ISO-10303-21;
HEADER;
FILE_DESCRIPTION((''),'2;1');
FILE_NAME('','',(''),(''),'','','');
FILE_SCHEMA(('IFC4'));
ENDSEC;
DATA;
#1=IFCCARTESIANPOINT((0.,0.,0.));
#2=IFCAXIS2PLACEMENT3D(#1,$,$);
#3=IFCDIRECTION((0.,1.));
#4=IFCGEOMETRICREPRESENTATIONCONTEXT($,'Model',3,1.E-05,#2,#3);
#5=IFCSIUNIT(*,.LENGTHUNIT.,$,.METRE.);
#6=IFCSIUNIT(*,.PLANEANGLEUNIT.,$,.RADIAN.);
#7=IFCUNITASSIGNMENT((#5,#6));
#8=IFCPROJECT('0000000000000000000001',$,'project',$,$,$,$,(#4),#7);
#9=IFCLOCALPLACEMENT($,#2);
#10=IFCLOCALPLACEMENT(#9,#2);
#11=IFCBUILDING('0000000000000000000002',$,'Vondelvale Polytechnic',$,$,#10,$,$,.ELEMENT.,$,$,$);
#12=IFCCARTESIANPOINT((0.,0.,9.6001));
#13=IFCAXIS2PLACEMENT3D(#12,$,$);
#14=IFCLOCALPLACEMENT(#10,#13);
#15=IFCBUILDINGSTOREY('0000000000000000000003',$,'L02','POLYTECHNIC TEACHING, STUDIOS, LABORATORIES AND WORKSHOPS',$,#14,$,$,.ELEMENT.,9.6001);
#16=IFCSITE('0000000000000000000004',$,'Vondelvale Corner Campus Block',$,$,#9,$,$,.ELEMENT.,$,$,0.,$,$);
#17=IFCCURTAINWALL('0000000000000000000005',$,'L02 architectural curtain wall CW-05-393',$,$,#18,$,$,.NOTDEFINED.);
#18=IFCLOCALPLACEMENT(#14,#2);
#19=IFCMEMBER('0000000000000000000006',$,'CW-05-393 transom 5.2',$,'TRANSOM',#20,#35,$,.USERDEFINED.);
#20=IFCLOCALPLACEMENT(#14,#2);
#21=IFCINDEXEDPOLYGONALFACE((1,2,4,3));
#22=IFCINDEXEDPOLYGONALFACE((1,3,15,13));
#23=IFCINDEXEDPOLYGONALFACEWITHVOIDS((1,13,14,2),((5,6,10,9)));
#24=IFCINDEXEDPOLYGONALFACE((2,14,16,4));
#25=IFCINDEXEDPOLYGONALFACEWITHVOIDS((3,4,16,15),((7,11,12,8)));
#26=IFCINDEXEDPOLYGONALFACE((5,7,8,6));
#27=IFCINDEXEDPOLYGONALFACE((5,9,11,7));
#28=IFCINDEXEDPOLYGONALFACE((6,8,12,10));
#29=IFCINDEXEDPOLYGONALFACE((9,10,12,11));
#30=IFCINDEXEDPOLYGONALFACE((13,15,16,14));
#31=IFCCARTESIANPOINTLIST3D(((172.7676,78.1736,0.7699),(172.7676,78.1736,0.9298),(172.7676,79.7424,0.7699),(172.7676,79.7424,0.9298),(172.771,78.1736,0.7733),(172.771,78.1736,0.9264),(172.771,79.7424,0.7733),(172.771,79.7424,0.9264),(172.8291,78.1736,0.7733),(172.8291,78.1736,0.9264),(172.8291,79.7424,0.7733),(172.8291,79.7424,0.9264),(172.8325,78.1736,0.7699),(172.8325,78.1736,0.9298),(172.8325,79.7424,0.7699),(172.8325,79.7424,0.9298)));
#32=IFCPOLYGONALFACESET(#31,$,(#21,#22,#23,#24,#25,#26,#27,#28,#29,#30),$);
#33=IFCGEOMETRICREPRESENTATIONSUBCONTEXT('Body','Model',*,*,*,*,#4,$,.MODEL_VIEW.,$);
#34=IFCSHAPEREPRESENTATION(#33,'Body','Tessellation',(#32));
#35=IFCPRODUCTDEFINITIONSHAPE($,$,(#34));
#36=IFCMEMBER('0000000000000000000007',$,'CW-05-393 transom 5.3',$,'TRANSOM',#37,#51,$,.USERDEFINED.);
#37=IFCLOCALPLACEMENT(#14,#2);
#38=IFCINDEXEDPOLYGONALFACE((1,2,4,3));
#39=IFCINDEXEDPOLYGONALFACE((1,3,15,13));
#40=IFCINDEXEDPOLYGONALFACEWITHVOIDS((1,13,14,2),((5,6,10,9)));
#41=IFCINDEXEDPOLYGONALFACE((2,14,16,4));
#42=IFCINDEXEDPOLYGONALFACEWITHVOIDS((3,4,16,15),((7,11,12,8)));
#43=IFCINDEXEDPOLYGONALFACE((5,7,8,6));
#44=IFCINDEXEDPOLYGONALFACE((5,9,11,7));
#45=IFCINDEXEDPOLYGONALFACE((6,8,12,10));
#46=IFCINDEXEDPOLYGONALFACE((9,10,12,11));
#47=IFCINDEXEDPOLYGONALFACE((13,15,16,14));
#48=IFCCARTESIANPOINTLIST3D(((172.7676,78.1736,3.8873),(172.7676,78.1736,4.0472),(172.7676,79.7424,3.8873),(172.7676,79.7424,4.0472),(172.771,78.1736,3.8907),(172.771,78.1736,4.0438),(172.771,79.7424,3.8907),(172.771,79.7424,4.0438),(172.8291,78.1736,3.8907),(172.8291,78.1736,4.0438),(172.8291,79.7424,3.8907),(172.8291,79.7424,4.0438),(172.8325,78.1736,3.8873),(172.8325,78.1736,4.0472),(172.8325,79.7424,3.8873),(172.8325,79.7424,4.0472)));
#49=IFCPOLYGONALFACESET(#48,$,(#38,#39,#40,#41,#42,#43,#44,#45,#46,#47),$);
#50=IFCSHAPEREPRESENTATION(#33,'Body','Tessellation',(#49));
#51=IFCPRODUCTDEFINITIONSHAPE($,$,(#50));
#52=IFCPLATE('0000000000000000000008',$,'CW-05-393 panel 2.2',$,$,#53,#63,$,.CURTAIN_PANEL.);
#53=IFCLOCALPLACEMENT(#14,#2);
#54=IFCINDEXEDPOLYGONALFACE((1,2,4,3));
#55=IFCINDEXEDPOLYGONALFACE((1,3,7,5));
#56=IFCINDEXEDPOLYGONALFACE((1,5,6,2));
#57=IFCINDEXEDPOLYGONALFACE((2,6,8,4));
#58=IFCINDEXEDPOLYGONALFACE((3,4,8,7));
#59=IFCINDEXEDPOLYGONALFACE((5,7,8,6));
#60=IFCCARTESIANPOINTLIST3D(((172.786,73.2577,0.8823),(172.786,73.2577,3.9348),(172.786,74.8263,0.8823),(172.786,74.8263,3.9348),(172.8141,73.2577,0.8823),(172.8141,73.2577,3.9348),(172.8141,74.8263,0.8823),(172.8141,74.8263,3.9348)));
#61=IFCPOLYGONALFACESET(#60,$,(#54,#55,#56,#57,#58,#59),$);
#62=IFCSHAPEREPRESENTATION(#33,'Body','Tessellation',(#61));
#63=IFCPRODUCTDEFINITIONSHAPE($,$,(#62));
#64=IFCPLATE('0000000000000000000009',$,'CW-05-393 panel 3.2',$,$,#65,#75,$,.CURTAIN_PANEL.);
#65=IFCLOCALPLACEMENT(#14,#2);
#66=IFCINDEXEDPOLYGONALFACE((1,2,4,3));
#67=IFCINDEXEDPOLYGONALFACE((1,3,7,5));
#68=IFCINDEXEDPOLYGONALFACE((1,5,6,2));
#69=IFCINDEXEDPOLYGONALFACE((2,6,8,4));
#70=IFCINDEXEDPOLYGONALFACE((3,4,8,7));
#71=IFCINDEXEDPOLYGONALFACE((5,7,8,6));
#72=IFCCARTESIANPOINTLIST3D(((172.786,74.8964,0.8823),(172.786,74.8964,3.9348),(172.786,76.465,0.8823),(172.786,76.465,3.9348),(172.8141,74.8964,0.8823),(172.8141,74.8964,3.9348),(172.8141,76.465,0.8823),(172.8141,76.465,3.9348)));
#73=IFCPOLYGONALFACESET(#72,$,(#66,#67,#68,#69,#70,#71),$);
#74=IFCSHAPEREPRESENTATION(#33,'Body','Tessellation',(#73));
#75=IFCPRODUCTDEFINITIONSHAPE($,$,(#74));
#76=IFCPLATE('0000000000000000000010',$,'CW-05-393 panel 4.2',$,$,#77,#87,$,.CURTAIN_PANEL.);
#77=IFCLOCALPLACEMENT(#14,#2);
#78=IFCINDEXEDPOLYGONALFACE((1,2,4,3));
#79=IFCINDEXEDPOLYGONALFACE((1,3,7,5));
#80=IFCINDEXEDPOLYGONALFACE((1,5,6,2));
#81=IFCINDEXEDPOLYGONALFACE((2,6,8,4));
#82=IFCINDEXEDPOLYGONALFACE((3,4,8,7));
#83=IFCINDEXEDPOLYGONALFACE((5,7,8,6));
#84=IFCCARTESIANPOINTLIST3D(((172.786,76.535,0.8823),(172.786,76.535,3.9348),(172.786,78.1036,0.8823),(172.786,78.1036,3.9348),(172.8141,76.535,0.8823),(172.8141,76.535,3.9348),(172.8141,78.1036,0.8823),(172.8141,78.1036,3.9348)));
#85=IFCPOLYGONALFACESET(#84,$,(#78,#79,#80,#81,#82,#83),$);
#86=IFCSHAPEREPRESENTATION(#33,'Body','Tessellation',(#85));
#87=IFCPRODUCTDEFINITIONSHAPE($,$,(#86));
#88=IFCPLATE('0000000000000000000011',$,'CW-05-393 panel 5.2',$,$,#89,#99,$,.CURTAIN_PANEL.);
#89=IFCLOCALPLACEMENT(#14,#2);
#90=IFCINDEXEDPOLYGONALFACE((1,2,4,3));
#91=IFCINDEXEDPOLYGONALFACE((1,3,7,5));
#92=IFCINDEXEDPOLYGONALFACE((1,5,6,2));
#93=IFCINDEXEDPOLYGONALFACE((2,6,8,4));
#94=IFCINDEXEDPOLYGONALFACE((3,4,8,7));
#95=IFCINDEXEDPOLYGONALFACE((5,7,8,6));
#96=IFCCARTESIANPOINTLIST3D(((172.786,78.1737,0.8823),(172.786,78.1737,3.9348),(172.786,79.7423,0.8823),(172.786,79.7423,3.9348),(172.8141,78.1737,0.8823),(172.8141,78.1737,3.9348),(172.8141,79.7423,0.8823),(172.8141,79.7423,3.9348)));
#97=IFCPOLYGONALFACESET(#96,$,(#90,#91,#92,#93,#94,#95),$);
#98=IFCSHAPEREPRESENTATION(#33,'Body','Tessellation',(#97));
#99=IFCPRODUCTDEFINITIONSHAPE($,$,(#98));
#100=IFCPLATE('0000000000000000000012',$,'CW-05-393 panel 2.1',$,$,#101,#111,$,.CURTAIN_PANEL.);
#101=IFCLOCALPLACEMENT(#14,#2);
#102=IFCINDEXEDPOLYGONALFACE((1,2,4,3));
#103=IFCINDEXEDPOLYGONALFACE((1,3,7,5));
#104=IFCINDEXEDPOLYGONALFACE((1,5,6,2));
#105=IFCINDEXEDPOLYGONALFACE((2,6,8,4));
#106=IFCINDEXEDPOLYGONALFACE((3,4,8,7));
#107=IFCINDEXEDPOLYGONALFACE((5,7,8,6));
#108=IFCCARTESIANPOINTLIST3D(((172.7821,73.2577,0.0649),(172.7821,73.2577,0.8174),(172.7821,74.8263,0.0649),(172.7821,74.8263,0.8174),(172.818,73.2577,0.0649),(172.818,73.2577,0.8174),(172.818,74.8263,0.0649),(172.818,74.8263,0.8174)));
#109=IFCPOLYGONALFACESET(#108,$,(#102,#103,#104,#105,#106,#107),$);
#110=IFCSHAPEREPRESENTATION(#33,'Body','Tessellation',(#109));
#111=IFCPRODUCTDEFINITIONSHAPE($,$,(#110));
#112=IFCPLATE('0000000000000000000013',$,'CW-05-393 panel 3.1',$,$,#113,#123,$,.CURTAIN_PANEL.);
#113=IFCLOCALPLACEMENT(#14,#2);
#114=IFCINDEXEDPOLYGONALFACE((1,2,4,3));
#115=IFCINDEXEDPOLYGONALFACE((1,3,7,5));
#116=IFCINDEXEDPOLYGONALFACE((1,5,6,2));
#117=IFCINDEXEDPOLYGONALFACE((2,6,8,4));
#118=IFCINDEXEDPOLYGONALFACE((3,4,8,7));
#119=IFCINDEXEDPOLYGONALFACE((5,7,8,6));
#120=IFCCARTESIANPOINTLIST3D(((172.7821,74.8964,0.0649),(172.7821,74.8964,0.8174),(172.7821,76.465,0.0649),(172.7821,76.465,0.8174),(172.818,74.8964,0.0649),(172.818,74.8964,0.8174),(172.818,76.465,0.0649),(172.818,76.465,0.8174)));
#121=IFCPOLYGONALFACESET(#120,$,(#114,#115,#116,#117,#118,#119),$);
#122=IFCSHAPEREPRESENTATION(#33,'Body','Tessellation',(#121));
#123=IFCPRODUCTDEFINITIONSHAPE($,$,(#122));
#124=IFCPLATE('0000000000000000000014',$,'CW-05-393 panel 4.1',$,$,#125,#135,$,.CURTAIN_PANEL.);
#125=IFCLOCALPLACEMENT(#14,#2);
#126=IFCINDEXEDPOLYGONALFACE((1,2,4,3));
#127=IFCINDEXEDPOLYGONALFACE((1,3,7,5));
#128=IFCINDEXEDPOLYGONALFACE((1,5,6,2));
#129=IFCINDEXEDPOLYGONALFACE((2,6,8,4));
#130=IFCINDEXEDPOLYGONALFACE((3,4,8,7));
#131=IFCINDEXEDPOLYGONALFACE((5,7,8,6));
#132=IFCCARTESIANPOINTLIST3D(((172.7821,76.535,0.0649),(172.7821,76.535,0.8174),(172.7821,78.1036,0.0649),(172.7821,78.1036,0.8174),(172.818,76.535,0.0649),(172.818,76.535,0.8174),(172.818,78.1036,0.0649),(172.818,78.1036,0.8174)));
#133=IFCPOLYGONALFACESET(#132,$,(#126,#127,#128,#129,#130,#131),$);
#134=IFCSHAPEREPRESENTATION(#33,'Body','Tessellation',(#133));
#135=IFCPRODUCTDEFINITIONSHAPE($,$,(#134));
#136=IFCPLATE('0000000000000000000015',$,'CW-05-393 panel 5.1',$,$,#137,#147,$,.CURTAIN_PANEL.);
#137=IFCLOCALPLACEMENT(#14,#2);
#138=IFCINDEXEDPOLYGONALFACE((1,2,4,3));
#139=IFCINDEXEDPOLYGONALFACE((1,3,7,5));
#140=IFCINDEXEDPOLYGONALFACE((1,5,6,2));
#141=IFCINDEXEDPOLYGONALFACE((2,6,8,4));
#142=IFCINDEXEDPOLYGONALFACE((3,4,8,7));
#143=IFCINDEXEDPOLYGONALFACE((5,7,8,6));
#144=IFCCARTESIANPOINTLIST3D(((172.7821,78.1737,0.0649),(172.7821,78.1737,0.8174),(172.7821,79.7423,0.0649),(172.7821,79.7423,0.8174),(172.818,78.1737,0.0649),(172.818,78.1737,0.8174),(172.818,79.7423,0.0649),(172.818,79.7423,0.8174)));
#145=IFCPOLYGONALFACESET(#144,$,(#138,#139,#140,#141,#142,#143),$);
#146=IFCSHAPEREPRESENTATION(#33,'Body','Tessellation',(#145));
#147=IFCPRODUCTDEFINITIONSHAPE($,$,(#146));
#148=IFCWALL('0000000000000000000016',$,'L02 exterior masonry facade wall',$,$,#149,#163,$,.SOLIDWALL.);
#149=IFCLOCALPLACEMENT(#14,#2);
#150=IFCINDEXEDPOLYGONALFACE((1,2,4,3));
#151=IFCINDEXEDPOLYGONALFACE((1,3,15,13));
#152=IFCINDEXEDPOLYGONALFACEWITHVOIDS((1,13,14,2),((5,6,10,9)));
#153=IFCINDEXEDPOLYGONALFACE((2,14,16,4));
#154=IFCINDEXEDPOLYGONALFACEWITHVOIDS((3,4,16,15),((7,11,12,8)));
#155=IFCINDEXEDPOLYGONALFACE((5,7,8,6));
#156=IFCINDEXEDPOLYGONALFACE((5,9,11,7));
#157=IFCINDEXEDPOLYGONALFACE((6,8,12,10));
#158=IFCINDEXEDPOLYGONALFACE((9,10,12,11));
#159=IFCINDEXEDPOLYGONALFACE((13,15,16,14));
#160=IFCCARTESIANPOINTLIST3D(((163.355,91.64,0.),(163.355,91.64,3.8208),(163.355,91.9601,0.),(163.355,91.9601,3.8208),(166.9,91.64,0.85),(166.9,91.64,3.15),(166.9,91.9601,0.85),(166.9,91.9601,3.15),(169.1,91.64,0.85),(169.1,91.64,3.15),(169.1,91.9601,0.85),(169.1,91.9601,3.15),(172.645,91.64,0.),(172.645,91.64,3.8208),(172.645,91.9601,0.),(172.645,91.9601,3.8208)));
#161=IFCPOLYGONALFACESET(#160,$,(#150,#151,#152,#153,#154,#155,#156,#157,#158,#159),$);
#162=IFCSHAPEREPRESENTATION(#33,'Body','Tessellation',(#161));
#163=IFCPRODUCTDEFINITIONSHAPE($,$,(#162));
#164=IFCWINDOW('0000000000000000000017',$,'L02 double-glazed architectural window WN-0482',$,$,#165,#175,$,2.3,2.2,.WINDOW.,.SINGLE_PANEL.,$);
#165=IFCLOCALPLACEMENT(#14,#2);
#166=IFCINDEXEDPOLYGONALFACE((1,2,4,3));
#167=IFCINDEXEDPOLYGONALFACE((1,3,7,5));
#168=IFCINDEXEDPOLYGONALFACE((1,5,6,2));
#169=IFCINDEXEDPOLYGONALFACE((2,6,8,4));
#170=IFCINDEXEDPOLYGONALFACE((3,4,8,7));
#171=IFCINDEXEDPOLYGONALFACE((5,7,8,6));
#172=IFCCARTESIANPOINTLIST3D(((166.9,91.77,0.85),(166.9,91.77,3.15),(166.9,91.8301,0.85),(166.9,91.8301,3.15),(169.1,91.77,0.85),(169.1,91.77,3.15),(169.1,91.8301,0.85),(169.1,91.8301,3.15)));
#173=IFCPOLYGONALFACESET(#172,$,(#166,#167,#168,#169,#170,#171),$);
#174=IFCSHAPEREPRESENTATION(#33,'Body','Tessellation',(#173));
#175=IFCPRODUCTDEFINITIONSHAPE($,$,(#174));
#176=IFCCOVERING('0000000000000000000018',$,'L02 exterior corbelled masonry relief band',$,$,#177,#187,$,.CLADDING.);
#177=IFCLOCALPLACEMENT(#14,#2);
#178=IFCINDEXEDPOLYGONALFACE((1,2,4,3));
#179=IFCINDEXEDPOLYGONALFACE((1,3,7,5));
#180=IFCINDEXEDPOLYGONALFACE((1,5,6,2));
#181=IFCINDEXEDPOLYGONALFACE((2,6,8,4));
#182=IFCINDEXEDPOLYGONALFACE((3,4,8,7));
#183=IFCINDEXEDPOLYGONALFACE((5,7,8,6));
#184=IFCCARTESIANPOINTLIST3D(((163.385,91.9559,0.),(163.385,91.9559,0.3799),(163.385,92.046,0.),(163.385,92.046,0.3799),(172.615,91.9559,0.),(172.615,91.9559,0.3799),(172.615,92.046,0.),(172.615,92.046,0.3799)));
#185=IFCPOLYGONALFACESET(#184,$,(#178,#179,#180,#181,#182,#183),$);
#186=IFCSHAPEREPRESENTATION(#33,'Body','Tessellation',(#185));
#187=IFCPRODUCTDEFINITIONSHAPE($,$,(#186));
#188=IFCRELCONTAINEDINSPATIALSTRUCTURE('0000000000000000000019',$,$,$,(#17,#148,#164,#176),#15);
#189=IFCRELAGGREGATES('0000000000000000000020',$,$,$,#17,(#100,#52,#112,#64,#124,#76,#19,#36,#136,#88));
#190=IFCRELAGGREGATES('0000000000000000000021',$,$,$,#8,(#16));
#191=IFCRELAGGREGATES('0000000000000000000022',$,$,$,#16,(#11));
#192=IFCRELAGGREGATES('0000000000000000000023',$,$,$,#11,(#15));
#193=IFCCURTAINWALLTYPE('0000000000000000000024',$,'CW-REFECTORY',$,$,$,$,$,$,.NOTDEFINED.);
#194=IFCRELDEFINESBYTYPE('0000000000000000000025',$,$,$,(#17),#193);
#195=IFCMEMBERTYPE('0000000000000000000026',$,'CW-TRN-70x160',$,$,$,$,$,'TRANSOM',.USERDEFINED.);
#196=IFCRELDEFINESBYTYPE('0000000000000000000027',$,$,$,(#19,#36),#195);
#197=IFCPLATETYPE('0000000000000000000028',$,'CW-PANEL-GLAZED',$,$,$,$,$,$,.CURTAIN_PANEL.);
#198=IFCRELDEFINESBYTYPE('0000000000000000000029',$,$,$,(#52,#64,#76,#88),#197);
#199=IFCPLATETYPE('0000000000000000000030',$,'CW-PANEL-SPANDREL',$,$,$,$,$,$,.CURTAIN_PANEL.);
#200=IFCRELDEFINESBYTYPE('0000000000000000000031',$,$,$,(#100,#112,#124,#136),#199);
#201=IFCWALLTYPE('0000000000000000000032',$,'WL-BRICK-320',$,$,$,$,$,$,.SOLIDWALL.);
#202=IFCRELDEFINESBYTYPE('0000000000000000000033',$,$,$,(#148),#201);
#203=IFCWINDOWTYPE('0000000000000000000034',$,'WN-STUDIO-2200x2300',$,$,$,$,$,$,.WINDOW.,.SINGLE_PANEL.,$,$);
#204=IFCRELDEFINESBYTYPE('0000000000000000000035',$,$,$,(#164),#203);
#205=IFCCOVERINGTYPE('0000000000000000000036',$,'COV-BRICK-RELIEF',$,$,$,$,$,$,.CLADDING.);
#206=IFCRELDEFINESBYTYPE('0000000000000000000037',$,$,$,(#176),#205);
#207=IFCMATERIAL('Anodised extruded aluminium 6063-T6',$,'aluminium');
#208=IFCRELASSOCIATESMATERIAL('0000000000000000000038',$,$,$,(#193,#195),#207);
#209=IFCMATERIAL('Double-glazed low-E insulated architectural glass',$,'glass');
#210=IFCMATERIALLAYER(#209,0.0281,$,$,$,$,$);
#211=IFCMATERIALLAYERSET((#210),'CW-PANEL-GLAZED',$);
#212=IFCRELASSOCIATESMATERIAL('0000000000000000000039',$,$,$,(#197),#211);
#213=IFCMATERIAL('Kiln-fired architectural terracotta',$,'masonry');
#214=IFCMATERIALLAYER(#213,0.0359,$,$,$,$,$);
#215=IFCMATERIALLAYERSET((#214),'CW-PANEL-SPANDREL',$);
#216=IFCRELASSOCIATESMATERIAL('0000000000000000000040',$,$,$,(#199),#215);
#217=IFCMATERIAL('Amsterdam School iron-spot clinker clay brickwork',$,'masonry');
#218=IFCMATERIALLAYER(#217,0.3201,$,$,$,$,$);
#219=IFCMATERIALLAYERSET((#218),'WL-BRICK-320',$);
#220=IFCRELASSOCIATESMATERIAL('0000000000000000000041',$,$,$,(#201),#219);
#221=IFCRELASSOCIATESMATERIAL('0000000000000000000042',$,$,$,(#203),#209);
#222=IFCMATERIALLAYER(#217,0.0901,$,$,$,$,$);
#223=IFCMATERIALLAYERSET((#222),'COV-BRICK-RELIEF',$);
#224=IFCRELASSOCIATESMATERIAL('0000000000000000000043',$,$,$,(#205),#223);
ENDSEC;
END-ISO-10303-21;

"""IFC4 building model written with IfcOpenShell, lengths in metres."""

from ifc_helpers import new_model, si_unit, direction, frame, frame_2d, origin, origin_2d, place, context, subcontext, project, spatial, rectangle, hollow_rectangle, extrude, material, layer, layer_set, material_profile, profile_set, type_object, element, fill, aggregate, save


model = new_model("IFC4")

# Units and contexts
model_context = context("Model", 3, precision=1e-05, world=origin(), true_north=direction((0.0, 1.0)))
body_context = subcontext(model_context, "Body", "Model", "MODEL_VIEW")
ifc_project = project(units=[si_unit("LENGTHUNIT", "METRE"), si_unit("PLANEANGLEUNIT", "RADIAN")], contexts=[model_context])

# Site, building, storey
site_placement = place(None, origin())
site = spatial("IfcSite", under=ifc_project, at=site_placement, Name="Vondelvale Corner Campus Block", CompositionType="ELEMENT", RefElevation=0.0)
building_placement = place(site_placement, origin())
building = spatial("IfcBuilding", under=site, at=building_placement, Name="Vondelvale Polytechnic", CompositionType="ELEMENT")
storey_placement = place(building_placement, frame((0.0, 0.0, 9.6001)))
storey = spatial("IfcBuildingStorey", under=building, at=storey_placement, Name="L02", Description="POLYTECHNIC TEACHING, STUDIOS, LABORATORIES AND WORKSHOPS", CompositionType="ELEMENT", Elevation=9.6001)

# Curtain wall, members, plates
ifc_material_1 = material(Name="Anodised extruded aluminium 6063-T6", Category="aluminium")
curtain_wall_type = type_object("IfcCurtainWallType", Name="CW-REFECTORY", PredefinedType="NOTDEFINED", material=ifc_material_1)
curtain_wall_placement = place(storey_placement, origin())
curtain_wall = element("IfcCurtainWall", 1, at=curtain_wall_placement, inside=storey, type_object=curtain_wall_type, Name="L02 architectural curtain wall CW-05-393", PredefinedType="NOTDEFINED")
ifc_material_profile_1 = material_profile(ifc_material_1, hollow_rectangle(XDim=0.0649, YDim=0.1599, WallThickness=0.0034, at=origin_2d()), Name="CW-TRN-160x65")
ifc_profile_set_1 = profile_set([ifc_material_profile_1], Name="Anodised extruded aluminium 6063-T6")
member_type_1 = type_object("IfcMemberType", Name="CW-TRN-70x160", ElementType="TRANSOM", PredefinedType="USERDEFINED", material=ifc_profile_set_1)
member_1_placement = place(storey_placement, frame((172.8, 78.1736, 0.8499), z_axis=(0.0, 1.0, 0.0), x_axis=(-1.0, 0.0, 0.0)))
member_1 = element("IfcMember", 2, at=member_1_placement, type_object=member_type_1, Name="CW-05-393 transom 5.2", ObjectType="TRANSOM", PredefinedType="USERDEFINED", context=body_context, shape_type="SweptSolid", body=[
    extrude(hollow_rectangle(XDim=0.0649, YDim=0.1599, WallThickness=0.0034, at=origin_2d()), origin(), (0.0, 0.0, 1.0), 1.5688),
])
member_2_placement = place(storey_placement, frame((172.8, 78.1736, 3.9673), z_axis=(0.0, 1.0, 0.0), x_axis=(-1.0, 0.0, 0.0)))
member_2 = element("IfcMember", 3, at=member_2_placement, type_object=member_type_1, Name="CW-05-393 transom 5.3", ObjectType="TRANSOM", PredefinedType="USERDEFINED", context=body_context, shape_type="SweptSolid", body=[
    extrude(hollow_rectangle(XDim=0.0649, YDim=0.1599, WallThickness=0.0034, at=origin_2d()), origin(), (0.0, 0.0, 1.0), 1.5688),
])
ifc_material_2 = material(Name="Double-glazed low-E insulated architectural glass", Category="glass")
ifc_layer_1 = layer(ifc_material_2, 0.0281)
ifc_layer_set_1 = layer_set([ifc_layer_1], Name="CW-PANEL-GLAZED")
plate_type_1 = type_object("IfcPlateType", Name="CW-PANEL-GLAZED", PredefinedType="CURTAIN_PANEL", material=ifc_layer_set_1)
plate_1_placement = place(storey_placement, frame((172.8, 74.042, 0.8823), z_axis=(0.0, 0.0, 1.0), x_axis=(0.0, 1.0, 0.0)))
plate_1 = element("IfcPlate", 4, at=plate_1_placement, type_object=plate_type_1, Name="CW-05-393 panel 2.2", PredefinedType="CURTAIN_PANEL", context=body_context, shape_type="SweptSolid", body=[
    extrude(rectangle(XDim=1.5686, YDim=0.0281, at=origin_2d()), origin(), (0.0, 0.0, 1.0), 3.0525),
])
plate_2_placement = place(storey_placement, frame((172.8, 75.6807, 0.8823), z_axis=(0.0, 0.0, 1.0), x_axis=(0.0, 1.0, 0.0)))
plate_2 = element("IfcPlate", 5, at=plate_2_placement, type_object=plate_type_1, Name="CW-05-393 panel 3.2", PredefinedType="CURTAIN_PANEL", context=body_context, shape_type="SweptSolid", body=[
    extrude(rectangle(XDim=1.5686, YDim=0.0281, at=origin_2d()), origin(), (0.0, 0.0, 1.0), 3.0525),
])
plate_3_placement = place(storey_placement, frame((172.8, 77.3193, 0.8823), z_axis=(0.0, 0.0, 1.0), x_axis=(0.0, 1.0, 0.0)))
plate_3 = element("IfcPlate", 6, at=plate_3_placement, type_object=plate_type_1, Name="CW-05-393 panel 4.2", PredefinedType="CURTAIN_PANEL", context=body_context, shape_type="SweptSolid", body=[
    extrude(rectangle(XDim=1.5686, YDim=0.0281, at=origin_2d()), origin(), (0.0, 0.0, 1.0), 3.0525),
])
plate_4_placement = place(storey_placement, frame((172.8, 78.958, 0.8823), z_axis=(0.0, 0.0, 1.0), x_axis=(0.0, 1.0, 0.0)))
plate_4 = element("IfcPlate", 7, at=plate_4_placement, type_object=plate_type_1, Name="CW-05-393 panel 5.2", PredefinedType="CURTAIN_PANEL", context=body_context, shape_type="SweptSolid", body=[
    extrude(rectangle(XDim=1.5686, YDim=0.0281, at=origin_2d()), origin(), (0.0, 0.0, 1.0), 3.0525),
])
ifc_material_3 = material(Name="Kiln-fired architectural terracotta", Category="masonry")
ifc_layer_2 = layer(ifc_material_3, 0.0359)
ifc_layer_set_2 = layer_set([ifc_layer_2], Name="CW-PANEL-SPANDREL")
plate_type_2 = type_object("IfcPlateType", Name="CW-PANEL-SPANDREL", PredefinedType="CURTAIN_PANEL", material=ifc_layer_set_2)
plate_5_placement = place(storey_placement, frame((172.8, 74.042, 0.0649), z_axis=(0.0, 0.0, 1.0), x_axis=(0.0, 1.0, 0.0)))
plate_5 = element("IfcPlate", 8, at=plate_5_placement, type_object=plate_type_2, Name="CW-05-393 panel 2.1", PredefinedType="CURTAIN_PANEL", context=body_context, shape_type="SweptSolid", body=[
    extrude(rectangle(XDim=1.5686, YDim=0.0359, at=origin_2d()), origin(), (0.0, 0.0, 1.0), 0.7524),
])
plate_6_placement = place(storey_placement, frame((172.8, 75.6807, 0.0649), z_axis=(0.0, 0.0, 1.0), x_axis=(0.0, 1.0, 0.0)))
plate_6 = element("IfcPlate", 9, at=plate_6_placement, type_object=plate_type_2, Name="CW-05-393 panel 3.1", PredefinedType="CURTAIN_PANEL", context=body_context, shape_type="SweptSolid", body=[
    extrude(rectangle(XDim=1.5686, YDim=0.0359, at=origin_2d()), origin(), (0.0, 0.0, 1.0), 0.7524),
])
plate_7_placement = place(storey_placement, frame((172.8, 77.3193, 0.0649), z_axis=(0.0, 0.0, 1.0), x_axis=(0.0, 1.0, 0.0)))
plate_7 = element("IfcPlate", 10, at=plate_7_placement, type_object=plate_type_2, Name="CW-05-393 panel 4.1", PredefinedType="CURTAIN_PANEL", context=body_context, shape_type="SweptSolid", body=[
    extrude(rectangle(XDim=1.5686, YDim=0.0359, at=origin_2d()), origin(), (0.0, 0.0, 1.0), 0.7524),
])
plate_8_placement = place(storey_placement, frame((172.8, 78.958, 0.0649), z_axis=(0.0, 0.0, 1.0), x_axis=(0.0, 1.0, 0.0)))
plate_8 = element("IfcPlate", 11, at=plate_8_placement, type_object=plate_type_2, Name="CW-05-393 panel 5.1", PredefinedType="CURTAIN_PANEL", context=body_context, shape_type="SweptSolid", body=[
    extrude(rectangle(XDim=1.5686, YDim=0.0359, at=origin_2d()), origin(), (0.0, 0.0, 1.0), 0.7524),
])
aggregate(curtain_wall, [plate_5, plate_1, plate_6, plate_2, plate_7, plate_3, member_1, member_2, plate_8, plate_4])

# Wall, opening, window
ifc_material_4 = material(Name="Amsterdam School iron-spot clinker clay brickwork", Category="masonry")
ifc_layer_3 = layer(ifc_material_4, 0.3201)
ifc_layer_set_3 = layer_set([ifc_layer_3], Name="WL-BRICK-320")
wall_type = type_object("IfcWallType", Name="WL-BRICK-320", PredefinedType="SOLIDWALL", material=ifc_layer_set_3)
wall_placement = place(storey_placement, frame((163.355, 91.8, 0.0), z_axis=(0.0, 0.0, 1.0), x_axis=(1.0, 0.0, 0.0)))
wall = element("IfcWall", 12, at=wall_placement, inside=storey, type_object=wall_type, Name="L02 exterior masonry facade wall", PredefinedType="SOLIDWALL", context=body_context, shape_type="SweptSolid", body=[
    extrude(rectangle(XDim=9.29, YDim=0.3201, at=frame_2d((4.645, 0.0))), origin(), (0.0, 0.0, 1.0), 3.8208),
])
opening_placement = place(wall_placement, frame((3.5449, 0.0, 0.8501)))
opening = element("IfcOpeningElement", 13, at=opening_placement, cuts=wall, PredefinedType="OPENING", context=body_context, shape_type="SweptSolid", body=[
    extrude(rectangle(XDim=2.2, YDim=2.3, at=frame_2d((1.1001, 1.1499))), frame((0.0, 0.1699, 0.0), z_axis=(0.0, -1.0, 0.0), x_axis=(1.0, 0.0, 0.0)), (0.0, 0.0, 1.0), 0.3401),
])
window_type = type_object("IfcWindowType", Name="WN-STUDIO-2200x2300", PartitioningType="SINGLE_PANEL", PredefinedType="WINDOW", material=ifc_material_2)
window_placement = place(opening_placement, origin())
window = element("IfcWindow", 14, at=window_placement, inside=storey, type_object=window_type, Name="L02 double-glazed architectural window WN-0482", OverallHeight=2.3, OverallWidth=2.2, PartitioningType="SINGLE_PANEL", PredefinedType="WINDOW", context=body_context, shape_type="SweptSolid", body=[
    extrude(rectangle(XDim=2.2, YDim=2.3, at=frame_2d((1.1001, 1.1499))), frame((0.0, 0.03, 0.0), z_axis=(0.0, -1.0, 0.0), x_axis=(1.0, 0.0, 0.0)), (0.0, 0.0, 1.0), 0.0601),
])
fill(opening, window)

# Covering
ifc_layer_4 = layer(ifc_material_4, 0.0901)
ifc_layer_set_4 = layer_set([ifc_layer_4], Name="COV-BRICK-RELIEF")
covering_type = type_object("IfcCoveringType", Name="COV-BRICK-RELIEF", PredefinedType="CLADDING", material=ifc_layer_set_4)
covering_placement = place(storey_placement, frame((168.0, 92.001, 0.0), z_axis=(0.0, 0.0, 1.0), x_axis=(1.0, 0.0, 0.0)))
element("IfcCovering", 15, at=covering_placement, inside=storey, type_object=covering_type, Name="L02 exterior corbelled masonry relief band", PredefinedType="CLADDING", context=body_context, shape_type="SweptSolid", body=[
    extrude(rectangle(XDim=9.23, YDim=0.0901, at=origin_2d()), origin(), (0.0, 0.0, 1.0), 0.3799),
])

save(model, "model.ifc")
